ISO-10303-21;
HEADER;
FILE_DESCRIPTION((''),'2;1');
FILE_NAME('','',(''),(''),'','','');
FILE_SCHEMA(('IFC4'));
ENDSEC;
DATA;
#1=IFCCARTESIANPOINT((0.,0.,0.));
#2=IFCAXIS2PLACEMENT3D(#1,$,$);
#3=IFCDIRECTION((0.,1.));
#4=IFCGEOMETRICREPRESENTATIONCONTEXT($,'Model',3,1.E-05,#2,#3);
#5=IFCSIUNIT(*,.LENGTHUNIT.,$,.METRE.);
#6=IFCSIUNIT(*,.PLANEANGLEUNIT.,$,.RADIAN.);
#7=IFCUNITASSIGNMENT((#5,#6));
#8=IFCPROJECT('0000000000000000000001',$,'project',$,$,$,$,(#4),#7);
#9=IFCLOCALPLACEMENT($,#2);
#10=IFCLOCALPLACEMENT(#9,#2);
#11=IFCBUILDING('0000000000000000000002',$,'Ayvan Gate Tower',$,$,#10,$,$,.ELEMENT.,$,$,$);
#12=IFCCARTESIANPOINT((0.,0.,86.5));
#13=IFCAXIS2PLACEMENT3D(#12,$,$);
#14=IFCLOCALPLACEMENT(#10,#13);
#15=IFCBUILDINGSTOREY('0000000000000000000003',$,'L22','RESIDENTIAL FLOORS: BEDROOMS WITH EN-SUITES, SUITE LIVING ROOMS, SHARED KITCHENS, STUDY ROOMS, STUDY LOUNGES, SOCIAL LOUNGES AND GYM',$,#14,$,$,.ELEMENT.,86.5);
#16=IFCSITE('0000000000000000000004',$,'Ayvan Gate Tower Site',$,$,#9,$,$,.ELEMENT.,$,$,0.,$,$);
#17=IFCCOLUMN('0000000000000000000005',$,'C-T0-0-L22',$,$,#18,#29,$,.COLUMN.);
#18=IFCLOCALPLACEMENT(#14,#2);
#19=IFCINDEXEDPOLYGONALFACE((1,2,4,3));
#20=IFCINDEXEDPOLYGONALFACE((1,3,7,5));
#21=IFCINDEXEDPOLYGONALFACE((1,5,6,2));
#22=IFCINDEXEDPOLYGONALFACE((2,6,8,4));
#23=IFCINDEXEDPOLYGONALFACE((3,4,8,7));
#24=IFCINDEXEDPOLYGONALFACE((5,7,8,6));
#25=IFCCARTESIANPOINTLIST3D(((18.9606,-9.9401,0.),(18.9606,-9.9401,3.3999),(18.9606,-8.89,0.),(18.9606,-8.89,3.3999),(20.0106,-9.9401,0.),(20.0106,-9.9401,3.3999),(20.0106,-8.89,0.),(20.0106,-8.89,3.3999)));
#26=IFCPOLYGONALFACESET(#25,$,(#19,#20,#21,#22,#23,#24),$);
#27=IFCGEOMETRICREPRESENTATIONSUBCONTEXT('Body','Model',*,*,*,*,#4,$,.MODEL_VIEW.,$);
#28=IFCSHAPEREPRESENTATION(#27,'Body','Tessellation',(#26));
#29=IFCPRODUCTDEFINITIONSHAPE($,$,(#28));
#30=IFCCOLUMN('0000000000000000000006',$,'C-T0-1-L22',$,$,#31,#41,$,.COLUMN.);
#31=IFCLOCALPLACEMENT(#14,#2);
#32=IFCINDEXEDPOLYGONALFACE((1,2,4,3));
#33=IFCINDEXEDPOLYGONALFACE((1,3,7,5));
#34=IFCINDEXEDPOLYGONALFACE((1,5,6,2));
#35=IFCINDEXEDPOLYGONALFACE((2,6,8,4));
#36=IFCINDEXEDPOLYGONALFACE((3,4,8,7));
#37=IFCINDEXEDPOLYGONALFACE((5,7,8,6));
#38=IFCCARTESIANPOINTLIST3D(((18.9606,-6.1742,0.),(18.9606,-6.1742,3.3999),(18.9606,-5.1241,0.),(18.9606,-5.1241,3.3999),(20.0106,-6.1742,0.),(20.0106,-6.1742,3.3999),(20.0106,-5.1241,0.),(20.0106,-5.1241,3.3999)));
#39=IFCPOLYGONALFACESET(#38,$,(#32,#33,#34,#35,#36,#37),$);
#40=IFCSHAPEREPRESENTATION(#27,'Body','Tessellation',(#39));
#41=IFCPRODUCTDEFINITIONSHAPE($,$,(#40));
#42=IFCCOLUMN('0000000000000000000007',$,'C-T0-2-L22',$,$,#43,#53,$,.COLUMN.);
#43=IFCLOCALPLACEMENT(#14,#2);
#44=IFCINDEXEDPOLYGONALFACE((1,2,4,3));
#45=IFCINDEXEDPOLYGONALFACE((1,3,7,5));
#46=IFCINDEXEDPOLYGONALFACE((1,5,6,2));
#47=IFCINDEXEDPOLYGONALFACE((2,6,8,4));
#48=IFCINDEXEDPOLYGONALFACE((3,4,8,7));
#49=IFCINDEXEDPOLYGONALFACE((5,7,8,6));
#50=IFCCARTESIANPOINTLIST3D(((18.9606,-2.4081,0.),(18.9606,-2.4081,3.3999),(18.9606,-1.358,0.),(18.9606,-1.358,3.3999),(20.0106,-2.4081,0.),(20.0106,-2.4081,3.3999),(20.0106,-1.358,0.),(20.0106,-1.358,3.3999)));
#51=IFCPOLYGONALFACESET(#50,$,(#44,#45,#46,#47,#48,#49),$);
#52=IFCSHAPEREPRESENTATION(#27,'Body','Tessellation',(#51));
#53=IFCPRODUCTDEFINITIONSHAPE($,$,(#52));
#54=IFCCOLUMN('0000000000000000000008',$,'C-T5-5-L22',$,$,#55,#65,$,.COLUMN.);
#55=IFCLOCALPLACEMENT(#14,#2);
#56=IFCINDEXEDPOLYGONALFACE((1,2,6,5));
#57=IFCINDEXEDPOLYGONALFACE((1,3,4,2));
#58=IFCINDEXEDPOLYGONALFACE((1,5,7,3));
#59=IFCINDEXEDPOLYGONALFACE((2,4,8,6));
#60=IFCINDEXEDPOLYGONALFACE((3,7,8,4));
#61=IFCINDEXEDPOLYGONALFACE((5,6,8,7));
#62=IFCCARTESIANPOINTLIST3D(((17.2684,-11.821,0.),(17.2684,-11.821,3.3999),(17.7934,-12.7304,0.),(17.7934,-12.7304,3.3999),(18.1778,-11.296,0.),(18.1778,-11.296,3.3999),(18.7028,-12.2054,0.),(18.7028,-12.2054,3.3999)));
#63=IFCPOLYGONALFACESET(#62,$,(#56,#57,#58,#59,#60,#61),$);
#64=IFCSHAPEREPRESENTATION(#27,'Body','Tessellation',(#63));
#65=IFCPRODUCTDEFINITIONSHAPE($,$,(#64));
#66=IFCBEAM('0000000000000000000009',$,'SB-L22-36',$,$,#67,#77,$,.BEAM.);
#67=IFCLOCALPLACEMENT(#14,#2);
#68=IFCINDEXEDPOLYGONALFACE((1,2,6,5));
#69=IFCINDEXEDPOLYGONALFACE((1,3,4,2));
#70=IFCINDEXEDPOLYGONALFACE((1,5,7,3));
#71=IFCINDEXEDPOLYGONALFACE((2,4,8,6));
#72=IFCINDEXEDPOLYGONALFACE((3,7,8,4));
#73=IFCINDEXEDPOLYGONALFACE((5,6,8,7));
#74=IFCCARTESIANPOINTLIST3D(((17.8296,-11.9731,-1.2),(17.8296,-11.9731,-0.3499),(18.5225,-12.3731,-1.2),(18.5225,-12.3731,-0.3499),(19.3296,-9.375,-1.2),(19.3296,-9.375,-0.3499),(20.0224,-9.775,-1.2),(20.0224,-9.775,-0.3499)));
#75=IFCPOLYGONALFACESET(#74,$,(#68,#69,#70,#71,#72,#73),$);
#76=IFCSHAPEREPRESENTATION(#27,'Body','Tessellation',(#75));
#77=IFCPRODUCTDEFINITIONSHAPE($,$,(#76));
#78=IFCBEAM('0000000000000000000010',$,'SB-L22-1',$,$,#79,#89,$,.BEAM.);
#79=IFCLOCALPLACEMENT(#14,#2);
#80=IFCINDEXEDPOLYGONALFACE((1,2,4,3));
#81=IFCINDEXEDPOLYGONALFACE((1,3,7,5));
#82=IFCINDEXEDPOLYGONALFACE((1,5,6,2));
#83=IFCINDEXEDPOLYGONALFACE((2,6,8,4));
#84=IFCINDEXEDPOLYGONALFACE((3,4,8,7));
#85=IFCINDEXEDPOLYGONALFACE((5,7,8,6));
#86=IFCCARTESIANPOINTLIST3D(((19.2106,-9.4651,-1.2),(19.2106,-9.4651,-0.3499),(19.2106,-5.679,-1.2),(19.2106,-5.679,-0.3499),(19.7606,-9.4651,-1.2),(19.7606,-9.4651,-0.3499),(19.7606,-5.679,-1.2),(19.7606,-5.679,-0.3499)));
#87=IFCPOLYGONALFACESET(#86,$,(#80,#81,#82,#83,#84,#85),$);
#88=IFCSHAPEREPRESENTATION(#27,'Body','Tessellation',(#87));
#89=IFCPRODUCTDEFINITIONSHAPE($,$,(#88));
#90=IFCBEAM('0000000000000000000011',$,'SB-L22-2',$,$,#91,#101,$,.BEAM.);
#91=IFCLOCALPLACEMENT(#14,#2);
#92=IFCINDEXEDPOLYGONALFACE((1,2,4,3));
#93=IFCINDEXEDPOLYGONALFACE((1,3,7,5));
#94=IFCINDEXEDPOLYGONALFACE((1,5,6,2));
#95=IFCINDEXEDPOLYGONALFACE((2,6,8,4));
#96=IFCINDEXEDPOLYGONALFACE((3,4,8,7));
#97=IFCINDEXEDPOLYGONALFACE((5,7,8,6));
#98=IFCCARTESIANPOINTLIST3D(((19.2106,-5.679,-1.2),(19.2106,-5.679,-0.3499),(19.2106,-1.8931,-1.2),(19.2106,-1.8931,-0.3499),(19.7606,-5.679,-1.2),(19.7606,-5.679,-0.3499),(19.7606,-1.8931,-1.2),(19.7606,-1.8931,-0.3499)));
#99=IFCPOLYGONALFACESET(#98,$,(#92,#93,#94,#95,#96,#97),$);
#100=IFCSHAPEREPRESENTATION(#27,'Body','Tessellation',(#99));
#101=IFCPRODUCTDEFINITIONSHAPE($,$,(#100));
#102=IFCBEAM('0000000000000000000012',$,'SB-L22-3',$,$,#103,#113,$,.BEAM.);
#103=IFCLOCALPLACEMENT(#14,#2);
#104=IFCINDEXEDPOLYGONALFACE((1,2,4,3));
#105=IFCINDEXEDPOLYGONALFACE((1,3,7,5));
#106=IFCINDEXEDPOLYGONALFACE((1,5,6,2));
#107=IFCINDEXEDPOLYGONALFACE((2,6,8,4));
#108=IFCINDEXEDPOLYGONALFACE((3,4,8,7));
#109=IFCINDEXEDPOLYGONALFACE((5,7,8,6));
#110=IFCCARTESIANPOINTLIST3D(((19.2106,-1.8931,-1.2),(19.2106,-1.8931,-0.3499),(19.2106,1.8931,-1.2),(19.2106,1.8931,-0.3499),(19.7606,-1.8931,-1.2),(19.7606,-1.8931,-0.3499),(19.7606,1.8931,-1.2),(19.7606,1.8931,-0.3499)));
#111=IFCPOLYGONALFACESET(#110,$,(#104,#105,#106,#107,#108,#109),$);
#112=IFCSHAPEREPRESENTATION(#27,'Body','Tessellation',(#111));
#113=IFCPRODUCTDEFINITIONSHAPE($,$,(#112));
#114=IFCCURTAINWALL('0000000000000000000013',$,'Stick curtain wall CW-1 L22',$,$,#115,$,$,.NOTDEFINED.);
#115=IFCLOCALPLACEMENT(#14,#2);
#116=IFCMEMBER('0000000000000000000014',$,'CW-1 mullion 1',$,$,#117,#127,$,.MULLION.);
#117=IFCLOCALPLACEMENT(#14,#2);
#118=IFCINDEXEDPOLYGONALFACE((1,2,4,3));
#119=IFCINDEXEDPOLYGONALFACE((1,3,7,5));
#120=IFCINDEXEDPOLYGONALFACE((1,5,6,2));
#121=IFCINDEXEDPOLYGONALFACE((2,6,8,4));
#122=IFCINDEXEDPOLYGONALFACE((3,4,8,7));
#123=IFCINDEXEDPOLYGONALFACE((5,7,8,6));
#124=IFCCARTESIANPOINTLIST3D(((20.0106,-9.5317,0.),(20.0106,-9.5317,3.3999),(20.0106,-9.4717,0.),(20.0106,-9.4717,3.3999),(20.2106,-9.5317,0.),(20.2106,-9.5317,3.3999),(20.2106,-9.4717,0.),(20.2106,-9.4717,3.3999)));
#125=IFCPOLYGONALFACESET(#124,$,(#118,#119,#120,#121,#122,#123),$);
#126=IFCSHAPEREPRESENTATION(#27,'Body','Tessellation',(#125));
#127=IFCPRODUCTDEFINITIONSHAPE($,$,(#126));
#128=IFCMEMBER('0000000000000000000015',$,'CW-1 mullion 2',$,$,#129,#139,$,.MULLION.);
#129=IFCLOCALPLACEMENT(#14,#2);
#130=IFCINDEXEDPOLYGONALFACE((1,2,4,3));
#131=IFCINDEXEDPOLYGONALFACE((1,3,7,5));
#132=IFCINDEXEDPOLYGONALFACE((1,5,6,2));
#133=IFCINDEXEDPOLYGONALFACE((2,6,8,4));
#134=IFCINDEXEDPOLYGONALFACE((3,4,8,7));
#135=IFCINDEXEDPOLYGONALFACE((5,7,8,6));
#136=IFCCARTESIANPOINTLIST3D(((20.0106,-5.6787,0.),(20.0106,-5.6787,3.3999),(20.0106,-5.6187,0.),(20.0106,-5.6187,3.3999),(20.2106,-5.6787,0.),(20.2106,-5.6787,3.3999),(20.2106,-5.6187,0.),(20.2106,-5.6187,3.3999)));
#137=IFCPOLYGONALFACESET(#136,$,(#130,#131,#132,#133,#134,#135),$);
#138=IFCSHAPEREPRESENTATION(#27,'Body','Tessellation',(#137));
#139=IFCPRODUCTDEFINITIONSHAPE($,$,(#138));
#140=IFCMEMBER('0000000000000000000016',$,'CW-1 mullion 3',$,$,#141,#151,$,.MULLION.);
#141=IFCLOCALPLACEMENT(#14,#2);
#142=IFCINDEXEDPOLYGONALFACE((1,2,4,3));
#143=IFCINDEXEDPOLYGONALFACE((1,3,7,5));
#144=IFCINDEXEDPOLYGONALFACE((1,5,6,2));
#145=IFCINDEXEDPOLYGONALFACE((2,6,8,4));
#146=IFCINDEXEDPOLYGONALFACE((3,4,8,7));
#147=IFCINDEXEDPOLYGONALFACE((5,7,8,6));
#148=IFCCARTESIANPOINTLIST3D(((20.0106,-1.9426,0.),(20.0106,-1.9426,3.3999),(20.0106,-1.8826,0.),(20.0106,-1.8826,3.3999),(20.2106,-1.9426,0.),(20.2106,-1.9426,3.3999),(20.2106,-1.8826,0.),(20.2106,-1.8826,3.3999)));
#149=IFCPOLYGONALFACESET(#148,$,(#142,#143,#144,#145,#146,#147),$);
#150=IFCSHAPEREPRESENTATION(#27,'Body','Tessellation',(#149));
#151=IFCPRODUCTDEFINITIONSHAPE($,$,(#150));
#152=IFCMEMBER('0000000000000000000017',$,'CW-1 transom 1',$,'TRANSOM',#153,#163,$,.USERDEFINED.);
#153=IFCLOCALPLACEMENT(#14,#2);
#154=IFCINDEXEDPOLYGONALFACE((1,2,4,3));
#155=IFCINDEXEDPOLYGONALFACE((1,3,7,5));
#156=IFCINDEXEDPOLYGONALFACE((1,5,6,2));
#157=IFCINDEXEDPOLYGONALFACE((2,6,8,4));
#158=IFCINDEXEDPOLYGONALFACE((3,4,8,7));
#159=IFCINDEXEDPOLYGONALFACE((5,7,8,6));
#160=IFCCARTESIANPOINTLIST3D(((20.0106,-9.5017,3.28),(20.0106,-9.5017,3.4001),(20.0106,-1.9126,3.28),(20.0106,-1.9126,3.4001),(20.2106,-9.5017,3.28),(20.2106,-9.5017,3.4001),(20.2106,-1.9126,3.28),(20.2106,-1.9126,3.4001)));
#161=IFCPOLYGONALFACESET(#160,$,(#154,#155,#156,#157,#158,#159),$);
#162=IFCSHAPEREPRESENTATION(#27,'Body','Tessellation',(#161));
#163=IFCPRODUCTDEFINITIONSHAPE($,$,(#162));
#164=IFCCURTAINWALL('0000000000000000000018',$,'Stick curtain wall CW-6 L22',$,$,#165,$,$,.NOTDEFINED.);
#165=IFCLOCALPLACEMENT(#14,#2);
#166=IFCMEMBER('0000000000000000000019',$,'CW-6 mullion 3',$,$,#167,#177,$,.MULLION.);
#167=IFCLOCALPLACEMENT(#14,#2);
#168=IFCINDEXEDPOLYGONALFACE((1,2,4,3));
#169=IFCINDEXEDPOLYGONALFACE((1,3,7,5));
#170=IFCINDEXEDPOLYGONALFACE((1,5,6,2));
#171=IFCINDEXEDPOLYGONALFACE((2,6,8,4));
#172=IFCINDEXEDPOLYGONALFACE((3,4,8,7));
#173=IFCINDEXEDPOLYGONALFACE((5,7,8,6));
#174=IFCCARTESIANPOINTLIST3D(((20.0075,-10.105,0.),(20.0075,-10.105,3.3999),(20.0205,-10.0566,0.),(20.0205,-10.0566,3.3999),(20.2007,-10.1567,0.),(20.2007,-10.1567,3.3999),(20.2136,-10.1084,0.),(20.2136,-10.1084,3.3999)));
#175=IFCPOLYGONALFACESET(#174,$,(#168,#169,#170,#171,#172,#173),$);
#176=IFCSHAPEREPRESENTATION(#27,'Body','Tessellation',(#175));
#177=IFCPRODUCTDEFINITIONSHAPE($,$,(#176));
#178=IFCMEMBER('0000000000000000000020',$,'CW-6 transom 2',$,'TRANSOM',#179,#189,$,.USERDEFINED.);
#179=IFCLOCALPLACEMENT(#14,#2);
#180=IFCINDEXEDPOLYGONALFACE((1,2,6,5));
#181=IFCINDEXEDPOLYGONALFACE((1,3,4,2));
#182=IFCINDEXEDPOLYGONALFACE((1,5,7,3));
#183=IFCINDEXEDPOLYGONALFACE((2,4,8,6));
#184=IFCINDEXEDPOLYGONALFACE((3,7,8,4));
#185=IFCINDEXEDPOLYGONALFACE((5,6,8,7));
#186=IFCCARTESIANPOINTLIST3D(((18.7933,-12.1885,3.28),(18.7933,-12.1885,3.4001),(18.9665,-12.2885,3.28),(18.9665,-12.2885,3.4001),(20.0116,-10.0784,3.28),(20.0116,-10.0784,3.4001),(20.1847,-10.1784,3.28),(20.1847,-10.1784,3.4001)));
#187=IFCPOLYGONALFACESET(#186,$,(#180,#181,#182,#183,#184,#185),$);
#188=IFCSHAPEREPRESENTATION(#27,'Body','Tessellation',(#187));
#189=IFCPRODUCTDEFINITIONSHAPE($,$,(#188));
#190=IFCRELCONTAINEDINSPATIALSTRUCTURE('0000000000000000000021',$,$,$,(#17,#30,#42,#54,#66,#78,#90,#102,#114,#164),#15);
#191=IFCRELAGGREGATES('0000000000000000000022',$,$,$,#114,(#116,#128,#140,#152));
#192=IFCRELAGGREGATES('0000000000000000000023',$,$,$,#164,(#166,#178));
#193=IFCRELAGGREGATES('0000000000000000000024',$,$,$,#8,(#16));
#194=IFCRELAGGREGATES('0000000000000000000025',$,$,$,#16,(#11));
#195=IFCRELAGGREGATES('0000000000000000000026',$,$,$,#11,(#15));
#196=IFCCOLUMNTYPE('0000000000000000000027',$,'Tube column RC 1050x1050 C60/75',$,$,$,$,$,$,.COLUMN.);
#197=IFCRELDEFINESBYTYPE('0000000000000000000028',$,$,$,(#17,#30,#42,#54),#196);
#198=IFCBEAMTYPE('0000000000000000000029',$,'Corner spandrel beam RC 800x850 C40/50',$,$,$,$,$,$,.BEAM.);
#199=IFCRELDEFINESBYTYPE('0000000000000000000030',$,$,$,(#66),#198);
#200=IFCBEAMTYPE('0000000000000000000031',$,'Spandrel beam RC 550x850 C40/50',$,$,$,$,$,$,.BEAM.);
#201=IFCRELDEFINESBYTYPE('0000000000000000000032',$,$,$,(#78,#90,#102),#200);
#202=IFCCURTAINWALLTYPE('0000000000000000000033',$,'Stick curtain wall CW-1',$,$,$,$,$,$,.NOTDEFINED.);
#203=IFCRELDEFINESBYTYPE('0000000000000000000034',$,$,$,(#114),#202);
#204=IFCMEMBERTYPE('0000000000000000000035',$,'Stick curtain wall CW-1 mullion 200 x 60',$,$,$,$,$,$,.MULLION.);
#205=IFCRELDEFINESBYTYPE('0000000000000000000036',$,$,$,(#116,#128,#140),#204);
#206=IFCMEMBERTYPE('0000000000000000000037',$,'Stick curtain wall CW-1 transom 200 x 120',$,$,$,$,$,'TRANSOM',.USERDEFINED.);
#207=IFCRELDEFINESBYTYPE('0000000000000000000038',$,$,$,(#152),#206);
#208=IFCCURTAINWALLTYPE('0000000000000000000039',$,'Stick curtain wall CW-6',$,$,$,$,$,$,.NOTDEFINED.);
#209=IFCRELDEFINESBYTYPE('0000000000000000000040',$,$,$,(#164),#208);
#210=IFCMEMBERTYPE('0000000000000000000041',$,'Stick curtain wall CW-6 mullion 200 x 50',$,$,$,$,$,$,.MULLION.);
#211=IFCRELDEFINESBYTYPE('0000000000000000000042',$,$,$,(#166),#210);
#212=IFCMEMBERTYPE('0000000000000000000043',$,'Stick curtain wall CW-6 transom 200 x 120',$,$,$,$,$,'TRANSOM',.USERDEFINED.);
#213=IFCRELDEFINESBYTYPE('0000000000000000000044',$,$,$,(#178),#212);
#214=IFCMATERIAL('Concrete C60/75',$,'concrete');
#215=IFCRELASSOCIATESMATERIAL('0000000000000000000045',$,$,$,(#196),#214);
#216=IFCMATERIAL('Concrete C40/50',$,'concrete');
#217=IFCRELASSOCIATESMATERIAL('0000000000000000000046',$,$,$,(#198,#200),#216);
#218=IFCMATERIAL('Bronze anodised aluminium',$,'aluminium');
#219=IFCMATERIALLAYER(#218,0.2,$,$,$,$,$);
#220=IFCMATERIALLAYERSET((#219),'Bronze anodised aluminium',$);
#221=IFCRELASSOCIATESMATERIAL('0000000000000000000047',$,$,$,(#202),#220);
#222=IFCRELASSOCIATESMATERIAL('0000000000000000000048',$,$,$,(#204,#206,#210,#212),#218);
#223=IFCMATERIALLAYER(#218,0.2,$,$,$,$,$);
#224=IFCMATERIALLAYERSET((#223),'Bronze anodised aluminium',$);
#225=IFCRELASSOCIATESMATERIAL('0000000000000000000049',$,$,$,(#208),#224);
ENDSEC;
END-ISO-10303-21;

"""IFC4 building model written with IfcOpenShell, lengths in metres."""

from ifc_helpers import new_model, si_unit, direction, frame, origin, origin_2d, place, context, subcontext, project, spatial, rectangle, extrude, material, layer, layer_set, material_profile, profile_set, type_object, element, aggregate, save


model = new_model("IFC4")

# Units and contexts
model_context = context("Model", 3, precision=1e-05, world=origin(), true_north=direction((0.0, 1.0)))
body_context = subcontext(model_context, "Body", "Model", "MODEL_VIEW")
ifc_project = project(units=[si_unit("LENGTHUNIT", "METRE"), si_unit("PLANEANGLEUNIT", "RADIAN")], contexts=[model_context])

# Site, building, storey
site_placement = place(None, origin())
site = spatial("IfcSite", under=ifc_project, at=site_placement, Name="Ayvan Gate Tower Site", CompositionType="ELEMENT", RefElevation=0.0)
building_placement = place(site_placement, origin())
building = spatial("IfcBuilding", under=site, at=building_placement, Name="Ayvan Gate Tower", CompositionType="ELEMENT")
storey_placement = place(building_placement, frame((0.0, 0.0, 86.5)))
storey = spatial("IfcBuildingStorey", under=building, at=storey_placement, Name="L22", Description="RESIDENTIAL FLOORS: BEDROOMS WITH EN-SUITES, SUITE LIVING ROOMS, SHARED KITCHENS, STUDY ROOMS, STUDY LOUNGES, SOCIAL LOUNGES AND GYM", CompositionType="ELEMENT", Elevation=86.5)

# Columns
ifc_material_1 = material(Name="Concrete C60/75", Category="concrete")
ifc_material_profile_1 = material_profile(ifc_material_1, rectangle(XDim=1.05, YDim=1.05, at=origin_2d()), Name="RC 1050x1050")
ifc_profile_set_1 = profile_set([ifc_material_profile_1], Name="Concrete C60/75")
column_type = type_object("IfcColumnType", Name="Tube column RC 1050x1050 C60/75", PredefinedType="COLUMN", material=ifc_profile_set_1)
for number, where, z_axis, x_axis, name in (
    (1, (19.4856, -9.415, 0.0), (0.0, 0.0, 1.0), (1.0, 0.0, 0.0), "C-T0-0-L22"),
    (2, (19.4856, -5.6492, 0.0), (0.0, 0.0, 1.0), (1.0, 0.0, 0.0), "C-T0-1-L22"),
    (3, (19.4856, -1.8831, 0.0), (0.0, 0.0, 1.0), (1.0, 0.0, 0.0), "C-T0-2-L22"),
    (4, (17.9856, -12.0132, 0.0), (0.0, 0.0, 1.0), (0.5, -0.866025, 0.0), "C-T5-5-L22"),
):
    element("IfcColumn", number, at=place(storey_placement, frame(where, z_axis=z_axis, x_axis=x_axis)), inside=storey, type_object=column_type, Name=name, PredefinedType="COLUMN", context=body_context, shape_type="SweptSolid", body=[
        extrude(rectangle(XDim=1.05, YDim=1.05, at=origin_2d()), origin(), (0.0, 0.0, 1.0), 3.3999),
    ])

# Beams
ifc_material_2 = material(Name="Concrete C40/50", Category="concrete")
ifc_material_profile_2 = material_profile(ifc_material_2, rectangle(XDim=0.8, YDim=0.8501, at=origin_2d()), Name="RC 800x850")
ifc_profile_set_2 = profile_set([ifc_material_profile_2], Name="Concrete C40/50")
beam_type_1 = type_object("IfcBeamType", Name="Corner spandrel beam RC 800x850 C40/50", PredefinedType="BEAM", material=ifc_profile_set_2)
beam_1_placement = place(storey_placement, frame((18.176, -12.1731, -0.7749), z_axis=(0.49999, 0.866031, 0.0), x_axis=(-0.866031, 0.49999, 0.0)))
element("IfcBeam", 5, at=beam_1_placement, inside=storey, type_object=beam_type_1, Name="SB-L22-36", PredefinedType="BEAM", context=body_context, shape_type="SweptSolid", body=[
    extrude(rectangle(XDim=0.8, YDim=0.8501, at=origin_2d()), origin(), (0.0, 0.0, 1.0), 3.0),
])
ifc_material_profile_3 = material_profile(ifc_material_2, rectangle(XDim=0.55, YDim=0.8501, at=origin_2d()), Name="RC 550x850")
ifc_profile_set_3 = profile_set([ifc_material_profile_3], Name="Concrete C40/50")
beam_type_2 = type_object("IfcBeamType", Name="Spandrel beam RC 550x850 C40/50", PredefinedType="BEAM", material=ifc_profile_set_3)
beam_2_placement = place(storey_placement, frame((19.4856, -9.4651, -0.7749), z_axis=(0.0, 1.0, 0.0), x_axis=(-1.0, 0.0, 0.0)))
element("IfcBeam", 6, at=beam_2_placement, inside=storey, type_object=beam_type_2, Name="SB-L22-1", PredefinedType="BEAM", context=body_context, shape_type="SweptSolid", body=[
    extrude(rectangle(XDim=0.55, YDim=0.8501, at=origin_2d()), origin(), (0.0, 0.0, 1.0), 3.7861),
])
beam_3_placement = place(storey_placement, frame((19.4856, -5.679, -0.7749), z_axis=(0.0, 1.0, 0.0), x_axis=(-1.0, 0.0, 0.0)))
element("IfcBeam", 7, at=beam_3_placement, inside=storey, type_object=beam_type_2, Name="SB-L22-2", PredefinedType="BEAM", context=body_context, shape_type="SweptSolid", body=[
    extrude(rectangle(XDim=0.55, YDim=0.8501, at=origin_2d()), origin(), (0.0, 0.0, 1.0), 3.7859),
])
beam_4_placement = place(storey_placement, frame((19.4856, -1.8931, -0.7749), z_axis=(0.0, 1.0, 0.0), x_axis=(-1.0, 0.0, 0.0)))
element("IfcBeam", 8, at=beam_4_placement, inside=storey, type_object=beam_type_2, Name="SB-L22-3", PredefinedType="BEAM", context=body_context, shape_type="SweptSolid", body=[
    extrude(rectangle(XDim=0.55, YDim=0.8501, at=origin_2d()), origin(), (0.0, 0.0, 1.0), 3.7861),
])

# Curtain walls, members
ifc_material_3 = material(Name="Bronze anodised aluminium", Category="aluminium")
ifc_layer_1 = layer(ifc_material_3, 0.2)
ifc_layer_set_1 = layer_set([ifc_layer_1], Name="Bronze anodised aluminium")
curtain_wall_type_1 = type_object("IfcCurtainWallType", Name="Stick curtain wall CW-1", PredefinedType="NOTDEFINED", material=ifc_layer_set_1)
curtain_wall_1_placement = place(storey_placement, origin())
curtain_wall_1 = element("IfcCurtainWall", 9, at=curtain_wall_1_placement, inside=storey, type_object=curtain_wall_type_1, Name="Stick curtain wall CW-1 L22", PredefinedType="NOTDEFINED")
ifc_material_profile_4 = material_profile(ifc_material_3, rectangle(XDim=0.2, YDim=0.0601, at=origin_2d()), Name="Stick curtain wall CW-1 mullion 200 x 60")
ifc_profile_set_4 = profile_set([ifc_material_profile_4], Name="Bronze anodised aluminium")
member_type_1 = type_object("IfcMemberType", Name="Stick curtain wall CW-1 mullion 200 x 60", PredefinedType="MULLION", material=ifc_profile_set_4)
member_1_placement = place(storey_placement, frame((20.1106, -9.5017, 0.0), z_axis=(0.0, 0.0, 1.0), x_axis=(1.0, 0.0, 0.0)))
member_1 = element("IfcMember", 10, at=member_1_placement, type_object=member_type_1, Name="CW-1 mullion 1", PredefinedType="MULLION", context=body_context, shape_type="SweptSolid", body=[
    extrude(rectangle(XDim=0.2, YDim=0.0601, at=origin_2d()), origin(), (0.0, 0.0, 1.0), 3.3999),
])
member_2_placement = place(storey_placement, frame((20.1106, -5.6487, 0.0), z_axis=(0.0, 0.0, 1.0), x_axis=(1.0, 0.0, 0.0)))
member_2 = element("IfcMember", 11, at=member_2_placement, type_object=member_type_1, Name="CW-1 mullion 2", PredefinedType="MULLION", context=body_context, shape_type="SweptSolid", body=[
    extrude(rectangle(XDim=0.2, YDim=0.0601, at=origin_2d()), origin(), (0.0, 0.0, 1.0), 3.3999),
])
member_3_placement = place(storey_placement, frame((20.1106, -1.9126, 0.0), z_axis=(0.0, 0.0, 1.0), x_axis=(1.0, 0.0, 0.0)))
member_3 = element("IfcMember", 12, at=member_3_placement, type_object=member_type_1, Name="CW-1 mullion 3", PredefinedType="MULLION", context=body_context, shape_type="SweptSolid", body=[
    extrude(rectangle(XDim=0.2, YDim=0.0601, at=origin_2d()), origin(), (0.0, 0.0, 1.0), 3.3999),
])
ifc_material_profile_5 = material_profile(ifc_material_3, rectangle(XDim=0.2, YDim=0.1201, at=origin_2d()), Name="Stick curtain wall CW-1 transom 200 x 120")
ifc_profile_set_5 = profile_set([ifc_material_profile_5], Name="Bronze anodised aluminium")
member_type_2 = type_object("IfcMemberType", Name="Stick curtain wall CW-1 transom 200 x 120", ElementType="TRANSOM", PredefinedType="USERDEFINED", material=ifc_profile_set_5)
member_4_placement = place(storey_placement, frame((20.1106, -9.5017, 3.3401), z_axis=(0.0, 1.0, 0.0), x_axis=(-1.0, 0.0, 0.0)))
member_4 = element("IfcMember", 13, at=member_4_placement, type_object=member_type_2, Name="CW-1 transom 1", ObjectType="TRANSOM", PredefinedType="USERDEFINED", context=body_context, shape_type="SweptSolid", body=[
    extrude(rectangle(XDim=0.2, YDim=0.1201, at=origin_2d()), origin(), (0.0, 0.0, 1.0), 7.5891),
])
ifc_layer_2 = layer(ifc_material_3, 0.2)
ifc_layer_set_2 = layer_set([ifc_layer_2], Name="Bronze anodised aluminium")
curtain_wall_type_2 = type_object("IfcCurtainWallType", Name="Stick curtain wall CW-6", PredefinedType="NOTDEFINED", material=ifc_layer_set_2)
curtain_wall_2_placement = place(storey_placement, origin())
curtain_wall_2 = element("IfcCurtainWall", 14, at=curtain_wall_2_placement, inside=storey, type_object=curtain_wall_type_2, Name="Stick curtain wall CW-6 L22", PredefinedType="NOTDEFINED")
ifc_material_profile_6 = material_profile(ifc_material_3, rectangle(XDim=0.2, YDim=0.05, at=origin_2d()), Name="Stick curtain wall CW-6 mullion 200 x 50")
ifc_profile_set_6 = profile_set([ifc_material_profile_6], Name="Bronze anodised aluminium")
member_type_3 = type_object("IfcMemberType", Name="Stick curtain wall CW-6 mullion 200 x 50", PredefinedType="MULLION", material=ifc_profile_set_6)
member_5_placement = place(storey_placement, frame((20.1106, -10.1067, 0.0), z_axis=(0.0, 0.0, 1.0), x_axis=(0.965926, -0.258819, 0.0)))
member_5 = element("IfcMember", 15, at=member_5_placement, type_object=member_type_3, Name="CW-6 mullion 3", PredefinedType="MULLION", context=body_context, shape_type="SweptSolid", body=[
    extrude(rectangle(XDim=0.2, YDim=0.05, at=origin_2d()), origin(), (0.0, 0.0, 1.0), 3.3999),
])
ifc_material_profile_7 = material_profile(ifc_material_3, rectangle(XDim=0.2, YDim=0.1201, at=origin_2d()), Name="Stick curtain wall CW-6 transom 200 x 120")
ifc_profile_set_7 = profile_set([ifc_material_profile_7], Name="Bronze anodised aluminium")
member_type_4 = type_object("IfcMemberType", Name="Stick curtain wall CW-6 transom 200 x 120", ElementType="TRANSOM", PredefinedType="USERDEFINED", material=ifc_profile_set_7)
member_6_placement = place(storey_placement, frame((18.8799, -12.2385, 3.3401), z_axis=(0.499997, 0.866027, 0.0), x_axis=(-0.866027, 0.499997, 0.0)))
member_6 = element("IfcMember", 16, at=member_6_placement, type_object=member_type_4, Name="CW-6 transom 2", ObjectType="TRANSOM", PredefinedType="USERDEFINED", context=body_context, shape_type="SweptSolid", body=[
    extrude(rectangle(XDim=0.2, YDim=0.1201, at=origin_2d()), origin(), (0.0, 0.0, 1.0), 2.4365),
])

aggregate(curtain_wall_1, [member_1, member_2, member_3, member_4])
aggregate(curtain_wall_2, [member_5, member_6])

save(model, "model.ifc")
